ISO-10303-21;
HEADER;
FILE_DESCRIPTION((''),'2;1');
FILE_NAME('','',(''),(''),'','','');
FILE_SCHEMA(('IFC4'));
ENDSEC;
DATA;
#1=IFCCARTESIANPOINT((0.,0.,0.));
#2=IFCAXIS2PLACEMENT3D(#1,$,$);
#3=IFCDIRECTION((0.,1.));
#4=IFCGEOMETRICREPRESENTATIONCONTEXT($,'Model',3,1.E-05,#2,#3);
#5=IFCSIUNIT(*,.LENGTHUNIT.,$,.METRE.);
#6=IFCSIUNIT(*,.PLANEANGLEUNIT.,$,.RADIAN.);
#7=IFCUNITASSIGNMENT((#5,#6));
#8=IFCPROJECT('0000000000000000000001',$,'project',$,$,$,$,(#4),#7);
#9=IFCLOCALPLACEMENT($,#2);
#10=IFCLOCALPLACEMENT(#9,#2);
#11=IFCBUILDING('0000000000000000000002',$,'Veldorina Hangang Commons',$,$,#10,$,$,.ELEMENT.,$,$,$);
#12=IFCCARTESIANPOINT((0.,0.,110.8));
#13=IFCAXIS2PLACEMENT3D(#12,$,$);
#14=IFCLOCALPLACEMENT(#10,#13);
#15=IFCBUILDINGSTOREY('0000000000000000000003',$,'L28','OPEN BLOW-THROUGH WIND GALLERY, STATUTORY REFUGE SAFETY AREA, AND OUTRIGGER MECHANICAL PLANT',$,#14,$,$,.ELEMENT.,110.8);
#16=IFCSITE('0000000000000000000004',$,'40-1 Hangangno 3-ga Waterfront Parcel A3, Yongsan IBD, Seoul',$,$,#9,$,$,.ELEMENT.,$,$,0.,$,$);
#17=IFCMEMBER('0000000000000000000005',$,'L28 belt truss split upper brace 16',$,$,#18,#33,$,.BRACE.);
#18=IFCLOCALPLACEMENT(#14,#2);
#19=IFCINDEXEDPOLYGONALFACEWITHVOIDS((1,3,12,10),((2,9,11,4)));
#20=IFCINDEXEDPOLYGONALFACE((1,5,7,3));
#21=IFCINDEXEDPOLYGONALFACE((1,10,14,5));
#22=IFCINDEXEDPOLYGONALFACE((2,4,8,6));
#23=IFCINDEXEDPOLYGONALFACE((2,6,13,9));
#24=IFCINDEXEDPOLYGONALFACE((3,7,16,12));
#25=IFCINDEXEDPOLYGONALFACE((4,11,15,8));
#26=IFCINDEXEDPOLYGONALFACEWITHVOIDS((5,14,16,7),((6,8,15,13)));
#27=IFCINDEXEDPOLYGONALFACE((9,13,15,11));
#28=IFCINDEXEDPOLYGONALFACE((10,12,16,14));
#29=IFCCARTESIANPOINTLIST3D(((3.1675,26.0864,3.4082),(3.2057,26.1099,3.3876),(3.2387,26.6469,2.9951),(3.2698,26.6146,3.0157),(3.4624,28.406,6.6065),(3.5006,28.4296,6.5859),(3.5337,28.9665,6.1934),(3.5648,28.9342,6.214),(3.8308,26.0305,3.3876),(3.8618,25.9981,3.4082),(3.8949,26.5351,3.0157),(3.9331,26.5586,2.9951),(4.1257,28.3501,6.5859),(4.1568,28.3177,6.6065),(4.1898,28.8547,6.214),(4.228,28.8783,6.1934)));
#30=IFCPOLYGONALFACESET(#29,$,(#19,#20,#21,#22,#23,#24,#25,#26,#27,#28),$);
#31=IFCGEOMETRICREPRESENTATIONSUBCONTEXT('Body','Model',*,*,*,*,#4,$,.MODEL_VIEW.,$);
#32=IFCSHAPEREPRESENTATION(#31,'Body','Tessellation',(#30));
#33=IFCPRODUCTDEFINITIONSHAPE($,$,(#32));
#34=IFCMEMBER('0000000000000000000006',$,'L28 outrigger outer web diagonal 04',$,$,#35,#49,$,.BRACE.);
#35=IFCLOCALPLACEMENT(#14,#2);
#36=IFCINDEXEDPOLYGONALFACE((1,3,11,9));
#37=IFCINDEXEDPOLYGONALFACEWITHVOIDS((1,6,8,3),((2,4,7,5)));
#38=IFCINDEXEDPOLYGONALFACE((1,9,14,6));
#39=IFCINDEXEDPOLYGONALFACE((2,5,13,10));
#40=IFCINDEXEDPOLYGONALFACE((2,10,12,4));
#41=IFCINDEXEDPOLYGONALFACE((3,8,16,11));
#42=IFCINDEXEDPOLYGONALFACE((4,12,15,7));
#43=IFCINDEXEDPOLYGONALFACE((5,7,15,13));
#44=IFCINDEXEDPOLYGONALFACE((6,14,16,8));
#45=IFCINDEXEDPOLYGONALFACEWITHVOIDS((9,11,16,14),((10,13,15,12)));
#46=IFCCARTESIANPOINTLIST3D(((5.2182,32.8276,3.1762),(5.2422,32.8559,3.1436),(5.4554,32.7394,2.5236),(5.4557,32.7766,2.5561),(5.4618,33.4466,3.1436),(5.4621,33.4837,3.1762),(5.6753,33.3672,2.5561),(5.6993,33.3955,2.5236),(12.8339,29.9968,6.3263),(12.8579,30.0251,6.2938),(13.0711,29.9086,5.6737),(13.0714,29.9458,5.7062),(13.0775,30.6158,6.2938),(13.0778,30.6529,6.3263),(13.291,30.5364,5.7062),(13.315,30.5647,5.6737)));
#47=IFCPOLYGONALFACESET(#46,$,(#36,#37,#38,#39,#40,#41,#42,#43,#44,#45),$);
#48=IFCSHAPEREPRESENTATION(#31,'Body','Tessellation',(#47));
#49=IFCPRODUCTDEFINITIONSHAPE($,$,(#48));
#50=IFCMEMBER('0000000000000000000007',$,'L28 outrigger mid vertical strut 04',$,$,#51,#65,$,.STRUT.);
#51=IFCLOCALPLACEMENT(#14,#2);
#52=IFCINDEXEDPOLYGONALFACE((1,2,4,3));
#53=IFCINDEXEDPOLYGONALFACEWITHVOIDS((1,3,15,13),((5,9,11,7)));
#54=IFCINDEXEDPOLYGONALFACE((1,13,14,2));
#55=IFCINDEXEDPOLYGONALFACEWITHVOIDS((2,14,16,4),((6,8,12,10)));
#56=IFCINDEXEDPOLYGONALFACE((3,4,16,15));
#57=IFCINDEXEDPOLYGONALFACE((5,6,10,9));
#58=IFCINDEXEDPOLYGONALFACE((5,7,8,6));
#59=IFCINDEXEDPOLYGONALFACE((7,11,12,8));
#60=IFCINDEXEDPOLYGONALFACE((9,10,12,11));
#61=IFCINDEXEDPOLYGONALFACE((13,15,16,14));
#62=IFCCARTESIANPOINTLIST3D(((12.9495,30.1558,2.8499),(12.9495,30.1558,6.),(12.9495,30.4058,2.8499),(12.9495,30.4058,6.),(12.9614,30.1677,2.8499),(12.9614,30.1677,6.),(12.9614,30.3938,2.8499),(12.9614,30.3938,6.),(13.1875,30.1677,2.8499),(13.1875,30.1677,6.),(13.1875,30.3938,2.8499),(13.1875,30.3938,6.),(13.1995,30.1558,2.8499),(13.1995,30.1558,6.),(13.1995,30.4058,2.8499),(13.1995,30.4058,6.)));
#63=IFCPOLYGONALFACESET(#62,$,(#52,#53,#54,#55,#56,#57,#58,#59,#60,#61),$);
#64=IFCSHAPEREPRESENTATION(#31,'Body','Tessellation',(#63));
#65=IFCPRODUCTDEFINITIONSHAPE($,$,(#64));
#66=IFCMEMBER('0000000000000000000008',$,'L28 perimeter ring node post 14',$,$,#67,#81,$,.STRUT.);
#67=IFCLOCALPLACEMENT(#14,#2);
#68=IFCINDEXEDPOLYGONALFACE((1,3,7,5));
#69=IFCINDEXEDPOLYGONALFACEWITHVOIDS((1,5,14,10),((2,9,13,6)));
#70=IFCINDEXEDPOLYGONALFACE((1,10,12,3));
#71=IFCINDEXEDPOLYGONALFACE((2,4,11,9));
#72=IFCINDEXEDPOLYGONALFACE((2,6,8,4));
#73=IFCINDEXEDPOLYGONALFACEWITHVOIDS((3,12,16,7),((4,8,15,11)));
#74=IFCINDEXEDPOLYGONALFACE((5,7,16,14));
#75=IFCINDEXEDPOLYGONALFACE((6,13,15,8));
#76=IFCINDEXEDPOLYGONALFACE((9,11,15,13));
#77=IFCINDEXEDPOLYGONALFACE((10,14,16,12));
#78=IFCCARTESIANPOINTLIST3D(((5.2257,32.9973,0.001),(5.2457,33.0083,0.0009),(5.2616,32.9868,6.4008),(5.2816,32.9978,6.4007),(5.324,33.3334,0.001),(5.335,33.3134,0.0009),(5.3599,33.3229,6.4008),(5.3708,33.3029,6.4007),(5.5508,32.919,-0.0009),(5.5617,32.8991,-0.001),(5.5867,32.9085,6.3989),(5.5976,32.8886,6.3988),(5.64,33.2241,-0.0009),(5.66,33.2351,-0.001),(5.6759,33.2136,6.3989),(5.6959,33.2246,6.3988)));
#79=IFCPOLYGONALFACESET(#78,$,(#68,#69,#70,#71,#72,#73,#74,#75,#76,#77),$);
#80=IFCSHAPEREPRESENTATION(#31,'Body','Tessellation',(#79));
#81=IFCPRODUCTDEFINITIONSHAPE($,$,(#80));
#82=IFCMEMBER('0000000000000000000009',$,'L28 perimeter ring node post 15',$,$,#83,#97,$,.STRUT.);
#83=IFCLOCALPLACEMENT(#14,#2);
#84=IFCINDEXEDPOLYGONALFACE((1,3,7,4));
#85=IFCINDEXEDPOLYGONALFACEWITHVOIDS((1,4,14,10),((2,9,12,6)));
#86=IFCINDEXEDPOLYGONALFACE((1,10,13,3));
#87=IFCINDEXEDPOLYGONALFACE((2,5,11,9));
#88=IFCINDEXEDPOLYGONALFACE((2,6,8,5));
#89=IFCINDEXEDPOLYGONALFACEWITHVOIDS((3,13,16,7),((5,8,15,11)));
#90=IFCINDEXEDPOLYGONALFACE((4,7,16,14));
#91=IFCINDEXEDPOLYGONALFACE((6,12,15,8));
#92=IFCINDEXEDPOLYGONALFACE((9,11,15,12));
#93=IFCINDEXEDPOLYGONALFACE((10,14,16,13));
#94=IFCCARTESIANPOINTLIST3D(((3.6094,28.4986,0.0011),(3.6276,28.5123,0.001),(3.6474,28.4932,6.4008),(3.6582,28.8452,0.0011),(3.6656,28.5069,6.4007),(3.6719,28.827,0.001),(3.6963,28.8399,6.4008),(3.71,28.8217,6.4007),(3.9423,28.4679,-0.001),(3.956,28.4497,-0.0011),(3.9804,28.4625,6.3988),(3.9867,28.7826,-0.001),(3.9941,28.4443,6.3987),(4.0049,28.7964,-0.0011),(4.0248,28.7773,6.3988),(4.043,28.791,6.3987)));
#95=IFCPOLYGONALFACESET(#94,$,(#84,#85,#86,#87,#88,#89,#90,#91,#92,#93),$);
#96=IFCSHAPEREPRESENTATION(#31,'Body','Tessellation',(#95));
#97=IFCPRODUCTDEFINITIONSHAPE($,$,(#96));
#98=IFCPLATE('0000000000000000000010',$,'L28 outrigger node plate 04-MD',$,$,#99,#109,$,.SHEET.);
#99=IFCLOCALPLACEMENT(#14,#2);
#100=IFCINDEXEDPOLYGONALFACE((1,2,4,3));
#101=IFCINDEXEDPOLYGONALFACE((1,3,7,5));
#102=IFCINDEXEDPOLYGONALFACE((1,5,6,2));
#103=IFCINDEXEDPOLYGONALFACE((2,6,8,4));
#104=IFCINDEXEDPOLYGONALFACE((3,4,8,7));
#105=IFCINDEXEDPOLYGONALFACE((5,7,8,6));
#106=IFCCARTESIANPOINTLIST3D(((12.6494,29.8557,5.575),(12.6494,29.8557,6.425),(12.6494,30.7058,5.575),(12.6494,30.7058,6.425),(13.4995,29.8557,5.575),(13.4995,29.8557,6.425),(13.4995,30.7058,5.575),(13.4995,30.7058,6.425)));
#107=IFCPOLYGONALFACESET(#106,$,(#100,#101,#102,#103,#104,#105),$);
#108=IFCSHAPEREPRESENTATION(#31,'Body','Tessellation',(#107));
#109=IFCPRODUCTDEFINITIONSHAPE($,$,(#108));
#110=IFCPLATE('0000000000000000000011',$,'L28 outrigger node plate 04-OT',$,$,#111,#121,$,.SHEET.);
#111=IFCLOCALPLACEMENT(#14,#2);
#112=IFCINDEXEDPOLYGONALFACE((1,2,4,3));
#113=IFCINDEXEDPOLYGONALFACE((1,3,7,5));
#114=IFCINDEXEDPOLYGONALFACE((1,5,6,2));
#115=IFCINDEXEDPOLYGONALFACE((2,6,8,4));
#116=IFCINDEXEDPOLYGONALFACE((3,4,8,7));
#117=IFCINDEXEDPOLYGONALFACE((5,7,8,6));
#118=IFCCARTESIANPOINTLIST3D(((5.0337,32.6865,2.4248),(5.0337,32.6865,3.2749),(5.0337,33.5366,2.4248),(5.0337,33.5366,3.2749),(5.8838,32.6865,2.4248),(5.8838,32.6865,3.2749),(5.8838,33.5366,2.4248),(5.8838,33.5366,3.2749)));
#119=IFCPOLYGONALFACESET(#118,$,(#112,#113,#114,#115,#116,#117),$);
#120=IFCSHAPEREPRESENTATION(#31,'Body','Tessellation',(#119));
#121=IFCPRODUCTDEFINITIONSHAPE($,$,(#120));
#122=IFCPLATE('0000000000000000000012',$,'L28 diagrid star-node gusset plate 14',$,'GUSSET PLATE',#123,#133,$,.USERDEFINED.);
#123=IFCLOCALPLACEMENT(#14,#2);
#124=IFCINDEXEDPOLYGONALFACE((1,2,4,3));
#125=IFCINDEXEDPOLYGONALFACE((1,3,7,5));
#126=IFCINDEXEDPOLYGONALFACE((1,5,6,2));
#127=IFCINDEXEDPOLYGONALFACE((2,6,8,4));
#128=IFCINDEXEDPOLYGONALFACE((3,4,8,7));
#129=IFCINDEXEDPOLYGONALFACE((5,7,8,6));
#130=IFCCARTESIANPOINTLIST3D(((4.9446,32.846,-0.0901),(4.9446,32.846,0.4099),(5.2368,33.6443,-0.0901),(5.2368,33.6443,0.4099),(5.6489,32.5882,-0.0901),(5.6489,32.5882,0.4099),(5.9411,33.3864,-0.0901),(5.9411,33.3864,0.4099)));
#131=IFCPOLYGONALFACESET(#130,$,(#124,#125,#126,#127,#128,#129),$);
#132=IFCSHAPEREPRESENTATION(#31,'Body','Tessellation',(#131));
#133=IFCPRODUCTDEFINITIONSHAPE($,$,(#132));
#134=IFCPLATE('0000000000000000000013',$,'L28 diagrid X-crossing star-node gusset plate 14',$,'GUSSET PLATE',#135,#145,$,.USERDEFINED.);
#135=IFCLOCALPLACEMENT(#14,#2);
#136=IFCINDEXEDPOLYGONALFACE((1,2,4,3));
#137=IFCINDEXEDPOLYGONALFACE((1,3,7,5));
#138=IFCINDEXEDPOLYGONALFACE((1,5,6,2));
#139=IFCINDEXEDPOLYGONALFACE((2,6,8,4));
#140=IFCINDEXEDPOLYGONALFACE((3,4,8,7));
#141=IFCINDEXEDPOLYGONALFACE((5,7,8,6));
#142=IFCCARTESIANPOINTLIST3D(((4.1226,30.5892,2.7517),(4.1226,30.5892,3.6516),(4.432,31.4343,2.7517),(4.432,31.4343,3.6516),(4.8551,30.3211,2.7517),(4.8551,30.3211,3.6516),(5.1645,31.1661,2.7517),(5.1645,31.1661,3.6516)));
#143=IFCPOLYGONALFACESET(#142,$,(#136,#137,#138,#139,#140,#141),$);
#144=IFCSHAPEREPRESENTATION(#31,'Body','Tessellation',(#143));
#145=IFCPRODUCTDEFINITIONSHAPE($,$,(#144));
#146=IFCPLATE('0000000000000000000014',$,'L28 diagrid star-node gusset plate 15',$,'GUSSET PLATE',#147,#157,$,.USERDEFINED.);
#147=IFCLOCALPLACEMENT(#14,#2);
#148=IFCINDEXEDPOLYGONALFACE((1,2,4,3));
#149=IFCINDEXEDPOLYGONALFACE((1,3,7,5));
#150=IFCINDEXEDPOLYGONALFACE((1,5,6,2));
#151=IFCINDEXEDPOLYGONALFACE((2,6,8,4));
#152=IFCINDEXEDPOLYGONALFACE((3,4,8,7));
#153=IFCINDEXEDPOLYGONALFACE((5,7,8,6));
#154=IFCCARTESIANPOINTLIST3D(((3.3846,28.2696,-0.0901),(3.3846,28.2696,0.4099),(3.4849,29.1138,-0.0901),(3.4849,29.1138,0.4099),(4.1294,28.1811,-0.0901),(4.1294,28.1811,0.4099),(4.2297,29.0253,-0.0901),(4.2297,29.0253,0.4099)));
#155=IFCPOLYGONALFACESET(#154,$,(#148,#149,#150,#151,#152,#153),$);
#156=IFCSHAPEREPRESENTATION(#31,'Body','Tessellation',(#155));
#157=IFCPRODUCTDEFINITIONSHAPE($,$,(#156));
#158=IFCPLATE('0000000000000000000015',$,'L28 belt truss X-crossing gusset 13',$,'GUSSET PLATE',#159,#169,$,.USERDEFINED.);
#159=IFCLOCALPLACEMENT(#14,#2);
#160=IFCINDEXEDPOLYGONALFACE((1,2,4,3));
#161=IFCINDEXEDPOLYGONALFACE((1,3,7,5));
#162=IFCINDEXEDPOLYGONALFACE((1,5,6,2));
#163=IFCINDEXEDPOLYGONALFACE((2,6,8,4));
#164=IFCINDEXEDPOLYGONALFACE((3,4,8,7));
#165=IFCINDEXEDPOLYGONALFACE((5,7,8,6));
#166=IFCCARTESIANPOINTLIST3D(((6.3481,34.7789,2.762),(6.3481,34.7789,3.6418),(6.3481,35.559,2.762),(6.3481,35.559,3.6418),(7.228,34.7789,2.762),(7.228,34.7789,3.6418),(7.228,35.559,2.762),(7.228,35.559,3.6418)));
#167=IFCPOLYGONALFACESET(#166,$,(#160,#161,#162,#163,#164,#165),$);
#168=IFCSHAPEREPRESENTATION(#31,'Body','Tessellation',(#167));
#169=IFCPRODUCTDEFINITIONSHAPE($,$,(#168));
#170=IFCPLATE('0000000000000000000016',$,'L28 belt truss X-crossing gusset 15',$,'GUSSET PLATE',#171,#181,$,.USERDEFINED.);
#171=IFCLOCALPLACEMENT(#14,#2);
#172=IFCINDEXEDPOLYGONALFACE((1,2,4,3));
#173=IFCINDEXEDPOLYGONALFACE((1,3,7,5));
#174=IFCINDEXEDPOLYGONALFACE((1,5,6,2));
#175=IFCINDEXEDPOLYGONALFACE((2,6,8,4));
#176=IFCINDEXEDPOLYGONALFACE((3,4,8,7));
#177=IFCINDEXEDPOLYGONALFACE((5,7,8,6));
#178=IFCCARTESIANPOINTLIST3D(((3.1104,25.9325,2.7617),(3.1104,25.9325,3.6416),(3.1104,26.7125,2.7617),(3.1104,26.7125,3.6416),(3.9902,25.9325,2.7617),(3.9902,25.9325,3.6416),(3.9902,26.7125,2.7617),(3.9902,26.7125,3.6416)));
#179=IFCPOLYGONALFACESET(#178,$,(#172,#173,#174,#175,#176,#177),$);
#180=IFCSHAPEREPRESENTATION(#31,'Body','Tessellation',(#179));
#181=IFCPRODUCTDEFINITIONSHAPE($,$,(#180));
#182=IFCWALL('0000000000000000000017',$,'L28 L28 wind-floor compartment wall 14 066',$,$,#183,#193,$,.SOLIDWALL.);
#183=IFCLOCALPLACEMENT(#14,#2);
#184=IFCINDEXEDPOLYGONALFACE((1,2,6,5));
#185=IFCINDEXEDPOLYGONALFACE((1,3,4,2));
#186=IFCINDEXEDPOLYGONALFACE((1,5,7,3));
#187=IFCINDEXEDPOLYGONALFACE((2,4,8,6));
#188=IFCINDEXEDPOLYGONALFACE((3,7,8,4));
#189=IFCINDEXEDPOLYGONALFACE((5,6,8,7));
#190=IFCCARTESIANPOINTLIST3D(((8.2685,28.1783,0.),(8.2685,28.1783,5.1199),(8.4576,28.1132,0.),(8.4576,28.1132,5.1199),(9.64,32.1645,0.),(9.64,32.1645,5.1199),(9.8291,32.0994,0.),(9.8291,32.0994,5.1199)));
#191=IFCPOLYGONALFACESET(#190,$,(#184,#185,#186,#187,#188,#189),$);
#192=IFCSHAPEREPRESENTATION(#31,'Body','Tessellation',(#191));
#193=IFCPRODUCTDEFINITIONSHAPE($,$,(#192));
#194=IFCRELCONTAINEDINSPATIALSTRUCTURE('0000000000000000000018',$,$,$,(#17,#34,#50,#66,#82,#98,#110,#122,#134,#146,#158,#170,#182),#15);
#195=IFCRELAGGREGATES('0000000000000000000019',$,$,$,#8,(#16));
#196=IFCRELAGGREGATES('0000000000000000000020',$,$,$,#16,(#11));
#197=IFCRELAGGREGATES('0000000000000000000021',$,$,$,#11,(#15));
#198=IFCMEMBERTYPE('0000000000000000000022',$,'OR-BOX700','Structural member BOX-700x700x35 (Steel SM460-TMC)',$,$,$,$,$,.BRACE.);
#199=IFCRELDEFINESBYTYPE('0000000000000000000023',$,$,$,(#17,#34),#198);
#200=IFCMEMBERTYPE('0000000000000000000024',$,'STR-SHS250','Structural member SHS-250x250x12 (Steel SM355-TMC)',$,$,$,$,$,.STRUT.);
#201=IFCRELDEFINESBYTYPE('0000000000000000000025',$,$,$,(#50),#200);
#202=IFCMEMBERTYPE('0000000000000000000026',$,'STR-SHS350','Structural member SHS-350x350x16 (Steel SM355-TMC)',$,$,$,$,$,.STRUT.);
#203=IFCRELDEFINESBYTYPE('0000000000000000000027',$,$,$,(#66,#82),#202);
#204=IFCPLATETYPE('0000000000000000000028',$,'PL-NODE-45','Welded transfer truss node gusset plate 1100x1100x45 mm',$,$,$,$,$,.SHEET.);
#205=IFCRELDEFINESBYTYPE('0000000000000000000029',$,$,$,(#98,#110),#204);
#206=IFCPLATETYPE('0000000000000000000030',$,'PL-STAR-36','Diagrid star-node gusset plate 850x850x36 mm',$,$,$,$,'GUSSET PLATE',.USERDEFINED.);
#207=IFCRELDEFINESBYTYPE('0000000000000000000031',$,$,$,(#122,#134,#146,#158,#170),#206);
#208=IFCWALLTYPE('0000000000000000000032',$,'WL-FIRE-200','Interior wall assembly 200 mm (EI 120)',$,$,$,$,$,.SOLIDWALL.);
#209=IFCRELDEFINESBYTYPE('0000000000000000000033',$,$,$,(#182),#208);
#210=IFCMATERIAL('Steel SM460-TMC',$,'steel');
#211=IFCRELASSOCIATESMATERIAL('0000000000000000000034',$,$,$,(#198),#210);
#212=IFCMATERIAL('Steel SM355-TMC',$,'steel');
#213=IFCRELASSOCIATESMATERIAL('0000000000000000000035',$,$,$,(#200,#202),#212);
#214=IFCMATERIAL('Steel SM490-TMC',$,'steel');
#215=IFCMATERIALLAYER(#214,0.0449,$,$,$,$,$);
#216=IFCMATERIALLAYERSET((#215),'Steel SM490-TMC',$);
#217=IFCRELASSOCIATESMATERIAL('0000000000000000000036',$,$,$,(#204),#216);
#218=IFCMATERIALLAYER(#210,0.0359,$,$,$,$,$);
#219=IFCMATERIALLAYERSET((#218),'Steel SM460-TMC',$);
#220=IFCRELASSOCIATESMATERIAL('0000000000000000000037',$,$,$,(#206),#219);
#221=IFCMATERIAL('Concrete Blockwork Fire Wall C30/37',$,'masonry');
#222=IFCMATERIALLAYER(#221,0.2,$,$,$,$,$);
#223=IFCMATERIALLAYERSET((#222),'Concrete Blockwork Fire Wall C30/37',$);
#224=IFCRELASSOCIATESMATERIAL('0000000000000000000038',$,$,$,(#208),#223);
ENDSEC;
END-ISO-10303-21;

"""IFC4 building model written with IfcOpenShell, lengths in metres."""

from ifc_helpers import new_model, si_unit, direction, frame, frame_2d, origin, origin_2d, place, context, subcontext, project, spatial, rectangle, hollow_rectangle, extrude, material, layer, layer_set, material_profile, profile_set, type_object, element, save


model = new_model("IFC4")

# Units and contexts
model_context = context("Model", 3, precision=1e-05, world=origin(), true_north=direction((0.0, 1.0)))
body_context = subcontext(model_context, "Body", "Model", "MODEL_VIEW")
ifc_project = project(units=[si_unit("LENGTHUNIT", "METRE"), si_unit("PLANEANGLEUNIT", "RADIAN")], contexts=[model_context])

# Site, building, storey
site_placement = place(None, origin())
site = spatial("IfcSite", under=ifc_project, at=site_placement, Name="40-1 Hangangno 3-ga Waterfront Parcel A3, Yongsan IBD, Seoul", CompositionType="ELEMENT", RefElevation=0.0)
building_placement = place(site_placement, origin())
building = spatial("IfcBuilding", under=site, at=building_placement, Name="Veldorina Hangang Commons", CompositionType="ELEMENT")
storey_placement = place(building_placement, frame((0.0, 0.0, 110.8)))
storey = spatial("IfcBuildingStorey", under=building, at=storey_placement, Name="L28", Description="OPEN BLOW-THROUGH WIND GALLERY, STATUTORY REFUGE SAFETY AREA, AND OUTRIGGER MECHANICAL PLANT", CompositionType="ELEMENT", Elevation=110.8)

# Shared definitions
ifc_material_1 = material(Name="Steel SM460-TMC", Category="steel")

# Members
ifc_material_profile_1 = material_profile(ifc_material_1, hollow_rectangle(XDim=0.7, YDim=0.7, WallThickness=0.0349, at=origin_2d()), Name="BOX-700x700x35")
ifc_profile_set_1 = profile_set([ifc_material_profile_1], Name="Steel SM460-TMC")
member_type_1 = type_object("IfcMemberType", Name="OR-BOX700", Description="Structural member BOX-700x700x35 (Steel SM460-TMC)", PredefinedType="BRACE", material=ifc_profile_set_1)
member_1_placement = place(storey_placement, frame((3.5503, 26.3225, 3.2017), z_axis=(0.074441, 0.58548, 0.807262), x_axis=(-0.992014, 0.126129, 0.0)))
element("IfcMember", 1, at=member_1_placement, inside=storey, type_object=member_type_1, Name="L28 belt truss split upper brace 16", PredefinedType="BRACE", context=body_context, shape_type="SweptSolid", body=[
    extrude(hollow_rectangle(XDim=0.7, YDim=0.7, WallThickness=0.0349, at=origin_2d()), origin(), (0.0, 0.0, 1.0), 3.9619),
])
member_2_placement = place(storey_placement, frame((13.0745, 30.2808, 6.0), z_axis=(-0.873951, 0.324853, -0.361498), x_axis=(-0.348415, -0.93734, 0.0)))
element("IfcMember", 2, at=member_2_placement, inside=storey, type_object=member_type_1, Name="L28 outrigger outer web diagonal 04", PredefinedType="BRACE", context=body_context, shape_type="SweptSolid", body=[
    extrude(hollow_rectangle(XDim=0.7, YDim=0.7, WallThickness=0.0349, at=origin_2d()), origin(), (0.0, 0.0, 1.0), 8.7141),
])
ifc_material_2 = material(Name="Steel SM355-TMC", Category="steel")
ifc_material_profile_2 = material_profile(ifc_material_2, hollow_rectangle(XDim=0.25, YDim=0.25, WallThickness=0.012, at=origin_2d()), Name="SHS-250x250x12")
ifc_profile_set_2 = profile_set([ifc_material_profile_2], Name="Steel SM355-TMC")
member_type_2 = type_object("IfcMemberType", Name="STR-SHS250", Description="Structural member SHS-250x250x12 (Steel SM355-TMC)", PredefinedType="STRUT", material=ifc_profile_set_2)
member_3_placement = place(storey_placement, frame((13.0745, 30.2808, 2.8499), z_axis=(0.0, 0.0, 1.0), x_axis=(1.0, 0.0, 0.0)))
element("IfcMember", 3, at=member_3_placement, inside=storey, type_object=member_type_2, Name="L28 outrigger mid vertical strut 04", PredefinedType="STRUT", context=body_context, shape_type="SweptSolid", body=[
    extrude(hollow_rectangle(XDim=0.25, YDim=0.25, WallThickness=0.012, at=origin_2d()), origin(), (0.0, 0.0, 1.0), 3.1501),
])
ifc_material_profile_3 = material_profile(ifc_material_2, hollow_rectangle(XDim=0.3501, YDim=0.3501, WallThickness=0.0161, at=origin_2d()), Name="SHS-350x350x16")
ifc_profile_set_3 = profile_set([ifc_material_profile_3], Name="Steel SM355-TMC")
member_type_3 = type_object("IfcMemberType", Name="STR-SHS350", Description="Structural member SHS-350x350x16 (Steel SM355-TMC)", PredefinedType="STRUT", material=ifc_profile_set_3)
for number, where, z_axis, x_axis, name in (
    (4, (5.4429, 33.1162, 0.0), (0.005608, -0.00164, 0.999983), (0.280752, 0.95978, 0.0), "L28 perimeter ring node post 14"),
    (5, (3.8071, 28.6475, 0.0), (0.005951, -0.000839, 0.999982), (0.139644, 0.990202, 0.0), "L28 perimeter ring node post 15"),
):
    element("IfcMember", number, at=place(storey_placement, frame(where, z_axis=z_axis, x_axis=x_axis)), inside=storey, type_object=member_type_3, Name=name, PredefinedType="STRUT", context=body_context, shape_type="SweptSolid", body=[
        extrude(hollow_rectangle(XDim=0.3501, YDim=0.3501, WallThickness=0.0161, at=origin_2d()), origin(), (0.0, 0.0, 1.0), 6.3999),
    ])

# Plates
ifc_material_3 = material(Name="Steel SM490-TMC", Category="steel")
ifc_layer_1 = layer(ifc_material_3, 0.0449)
ifc_layer_set_1 = layer_set([ifc_layer_1], Name="Steel SM490-TMC")
plate_type_1 = type_object("IfcPlateType", Name="PL-NODE-45", Description="Welded transfer truss node gusset plate 1100x1100x45 mm", PredefinedType="SHEET", material=ifc_layer_set_1)
for number, where, z_axis, x_axis, name in (
    (6, (13.0745, 30.2808, 5.575), (0.0, 0.0, 1.0), (1.0, 0.0, 0.0), "L28 outrigger node plate 04-MD"),
    (7, (5.4587, 33.1116, 2.4248), (0.0, 0.0, 1.0), (1.0, 0.0, 0.0), "L28 outrigger node plate 04-OT"),
):
    element("IfcPlate", number, at=place(storey_placement, frame(where, z_axis=z_axis, x_axis=x_axis)), inside=storey, type_object=plate_type_1, Name=name, PredefinedType="SHEET", context=body_context, shape_type="SweptSolid", body=[
        extrude(rectangle(XDim=0.8501, YDim=0.8501, at=origin_2d()), origin(), (0.0, 0.0, 1.0), 0.8501),
    ])
ifc_layer_2 = layer(ifc_material_1, 0.0359)
ifc_layer_set_2 = layer_set([ifc_layer_2], Name="Steel SM460-TMC")
plate_type_2 = type_object("IfcPlateType", Name="PL-STAR-36", Description="Diagrid star-node gusset plate 850x850x36 mm", ElementType="GUSSET PLATE", PredefinedType="USERDEFINED", material=ifc_layer_set_2)
plate_1_placement = place(storey_placement, frame((5.4429, 33.1162, -0.0901), z_axis=(0.0, 0.0, 1.0), x_axis=(-0.343758, -0.939058, 0.0)))
element("IfcPlate", 8, at=plate_1_placement, inside=storey, type_object=plate_type_2, Name="L28 diagrid star-node gusset plate 14", ObjectType="GUSSET PLATE", PredefinedType="USERDEFINED", context=body_context, shape_type="SweptSolid", body=[
    extrude(rectangle(XDim=0.8501, YDim=0.75, at=origin_2d()), origin(), (0.0, 0.0, 1.0), 0.5),
])
plate_2_placement = place(storey_placement, frame((4.6436, 30.8777, 2.7517), z_axis=(0.0, 0.0, 1.0), x_axis=(-0.343758, -0.939058, 0.0)))
element("IfcPlate", 9, at=plate_2_placement, inside=storey, type_object=plate_type_2, Name="L28 diagrid X-crossing star-node gusset plate 14", ObjectType="GUSSET PLATE", PredefinedType="USERDEFINED", context=body_context, shape_type="SweptSolid", body=[
    extrude(rectangle(XDim=0.8999, YDim=0.78, at=origin_2d()), origin(), (0.0, 0.0, 1.0), 0.8999),
])
plate_3_placement = place(storey_placement, frame((3.8071, 28.6475, -0.0901), z_axis=(0.0, 0.0, 1.0), x_axis=(-0.118005, -0.993013, 0.0)))
element("IfcPlate", 10, at=plate_3_placement, inside=storey, type_object=plate_type_2, Name="L28 diagrid star-node gusset plate 15", ObjectType="GUSSET PLATE", PredefinedType="USERDEFINED", context=body_context, shape_type="SweptSolid", body=[
    extrude(rectangle(XDim=0.8501, YDim=0.75, at=origin_2d()), origin(), (0.0, 0.0, 1.0), 0.5),
])
for number, where, z_axis, x_axis, name in (
    (11, (6.7881, 35.1689, 2.762), (0.0, 0.0, 1.0), (1.0, 0.0, 0.0), "L28 belt truss X-crossing gusset 13"),
    (12, (3.5503, 26.3225, 2.7617), (0.0, 0.0, 1.0), (1.0, 0.0, 0.0), "L28 belt truss X-crossing gusset 15"),
):
    element("IfcPlate", number, at=place(storey_placement, frame(where, z_axis=z_axis, x_axis=x_axis)), inside=storey, type_object=plate_type_2, Name=name, ObjectType="GUSSET PLATE", PredefinedType="USERDEFINED", context=body_context, shape_type="SweptSolid", body=[
        extrude(rectangle(XDim=0.8799, YDim=0.78, at=origin_2d()), origin(), (0.0, 0.0, 1.0), 0.8799),
    ])

# Wall
ifc_material_4 = material(Name="Concrete Blockwork Fire Wall C30/37", Category="masonry")
ifc_layer_3 = layer(ifc_material_4, 0.2)
ifc_layer_set_3 = layer_set([ifc_layer_3], Name="Concrete Blockwork Fire Wall C30/37")
wall_type = type_object("IfcWallType", Name="WL-FIRE-200", Description="Interior wall assembly 200 mm (EI 120)", PredefinedType="SOLIDWALL", material=ifc_layer_set_3)
wall_1_placement = place(storey_placement, frame((9.7346, 32.1321, 0.0), z_axis=(0.0, 0.0, 1.0), x_axis=(-0.325352, -0.945593, 0.0)))
element("IfcWall", 13, at=wall_1_placement, inside=storey, type_object=wall_type, Name="L28 L28 wind-floor compartment wall 14 066", PredefinedType="SOLIDWALL", context=body_context, shape_type="SweptSolid", body=[
    extrude(rectangle(XDim=4.2156, YDim=0.2, at=frame_2d((2.1079, 0.0))), origin(), (0.0, 0.0, 1.0), 5.1199),
])

save(model, "model.ifc")
